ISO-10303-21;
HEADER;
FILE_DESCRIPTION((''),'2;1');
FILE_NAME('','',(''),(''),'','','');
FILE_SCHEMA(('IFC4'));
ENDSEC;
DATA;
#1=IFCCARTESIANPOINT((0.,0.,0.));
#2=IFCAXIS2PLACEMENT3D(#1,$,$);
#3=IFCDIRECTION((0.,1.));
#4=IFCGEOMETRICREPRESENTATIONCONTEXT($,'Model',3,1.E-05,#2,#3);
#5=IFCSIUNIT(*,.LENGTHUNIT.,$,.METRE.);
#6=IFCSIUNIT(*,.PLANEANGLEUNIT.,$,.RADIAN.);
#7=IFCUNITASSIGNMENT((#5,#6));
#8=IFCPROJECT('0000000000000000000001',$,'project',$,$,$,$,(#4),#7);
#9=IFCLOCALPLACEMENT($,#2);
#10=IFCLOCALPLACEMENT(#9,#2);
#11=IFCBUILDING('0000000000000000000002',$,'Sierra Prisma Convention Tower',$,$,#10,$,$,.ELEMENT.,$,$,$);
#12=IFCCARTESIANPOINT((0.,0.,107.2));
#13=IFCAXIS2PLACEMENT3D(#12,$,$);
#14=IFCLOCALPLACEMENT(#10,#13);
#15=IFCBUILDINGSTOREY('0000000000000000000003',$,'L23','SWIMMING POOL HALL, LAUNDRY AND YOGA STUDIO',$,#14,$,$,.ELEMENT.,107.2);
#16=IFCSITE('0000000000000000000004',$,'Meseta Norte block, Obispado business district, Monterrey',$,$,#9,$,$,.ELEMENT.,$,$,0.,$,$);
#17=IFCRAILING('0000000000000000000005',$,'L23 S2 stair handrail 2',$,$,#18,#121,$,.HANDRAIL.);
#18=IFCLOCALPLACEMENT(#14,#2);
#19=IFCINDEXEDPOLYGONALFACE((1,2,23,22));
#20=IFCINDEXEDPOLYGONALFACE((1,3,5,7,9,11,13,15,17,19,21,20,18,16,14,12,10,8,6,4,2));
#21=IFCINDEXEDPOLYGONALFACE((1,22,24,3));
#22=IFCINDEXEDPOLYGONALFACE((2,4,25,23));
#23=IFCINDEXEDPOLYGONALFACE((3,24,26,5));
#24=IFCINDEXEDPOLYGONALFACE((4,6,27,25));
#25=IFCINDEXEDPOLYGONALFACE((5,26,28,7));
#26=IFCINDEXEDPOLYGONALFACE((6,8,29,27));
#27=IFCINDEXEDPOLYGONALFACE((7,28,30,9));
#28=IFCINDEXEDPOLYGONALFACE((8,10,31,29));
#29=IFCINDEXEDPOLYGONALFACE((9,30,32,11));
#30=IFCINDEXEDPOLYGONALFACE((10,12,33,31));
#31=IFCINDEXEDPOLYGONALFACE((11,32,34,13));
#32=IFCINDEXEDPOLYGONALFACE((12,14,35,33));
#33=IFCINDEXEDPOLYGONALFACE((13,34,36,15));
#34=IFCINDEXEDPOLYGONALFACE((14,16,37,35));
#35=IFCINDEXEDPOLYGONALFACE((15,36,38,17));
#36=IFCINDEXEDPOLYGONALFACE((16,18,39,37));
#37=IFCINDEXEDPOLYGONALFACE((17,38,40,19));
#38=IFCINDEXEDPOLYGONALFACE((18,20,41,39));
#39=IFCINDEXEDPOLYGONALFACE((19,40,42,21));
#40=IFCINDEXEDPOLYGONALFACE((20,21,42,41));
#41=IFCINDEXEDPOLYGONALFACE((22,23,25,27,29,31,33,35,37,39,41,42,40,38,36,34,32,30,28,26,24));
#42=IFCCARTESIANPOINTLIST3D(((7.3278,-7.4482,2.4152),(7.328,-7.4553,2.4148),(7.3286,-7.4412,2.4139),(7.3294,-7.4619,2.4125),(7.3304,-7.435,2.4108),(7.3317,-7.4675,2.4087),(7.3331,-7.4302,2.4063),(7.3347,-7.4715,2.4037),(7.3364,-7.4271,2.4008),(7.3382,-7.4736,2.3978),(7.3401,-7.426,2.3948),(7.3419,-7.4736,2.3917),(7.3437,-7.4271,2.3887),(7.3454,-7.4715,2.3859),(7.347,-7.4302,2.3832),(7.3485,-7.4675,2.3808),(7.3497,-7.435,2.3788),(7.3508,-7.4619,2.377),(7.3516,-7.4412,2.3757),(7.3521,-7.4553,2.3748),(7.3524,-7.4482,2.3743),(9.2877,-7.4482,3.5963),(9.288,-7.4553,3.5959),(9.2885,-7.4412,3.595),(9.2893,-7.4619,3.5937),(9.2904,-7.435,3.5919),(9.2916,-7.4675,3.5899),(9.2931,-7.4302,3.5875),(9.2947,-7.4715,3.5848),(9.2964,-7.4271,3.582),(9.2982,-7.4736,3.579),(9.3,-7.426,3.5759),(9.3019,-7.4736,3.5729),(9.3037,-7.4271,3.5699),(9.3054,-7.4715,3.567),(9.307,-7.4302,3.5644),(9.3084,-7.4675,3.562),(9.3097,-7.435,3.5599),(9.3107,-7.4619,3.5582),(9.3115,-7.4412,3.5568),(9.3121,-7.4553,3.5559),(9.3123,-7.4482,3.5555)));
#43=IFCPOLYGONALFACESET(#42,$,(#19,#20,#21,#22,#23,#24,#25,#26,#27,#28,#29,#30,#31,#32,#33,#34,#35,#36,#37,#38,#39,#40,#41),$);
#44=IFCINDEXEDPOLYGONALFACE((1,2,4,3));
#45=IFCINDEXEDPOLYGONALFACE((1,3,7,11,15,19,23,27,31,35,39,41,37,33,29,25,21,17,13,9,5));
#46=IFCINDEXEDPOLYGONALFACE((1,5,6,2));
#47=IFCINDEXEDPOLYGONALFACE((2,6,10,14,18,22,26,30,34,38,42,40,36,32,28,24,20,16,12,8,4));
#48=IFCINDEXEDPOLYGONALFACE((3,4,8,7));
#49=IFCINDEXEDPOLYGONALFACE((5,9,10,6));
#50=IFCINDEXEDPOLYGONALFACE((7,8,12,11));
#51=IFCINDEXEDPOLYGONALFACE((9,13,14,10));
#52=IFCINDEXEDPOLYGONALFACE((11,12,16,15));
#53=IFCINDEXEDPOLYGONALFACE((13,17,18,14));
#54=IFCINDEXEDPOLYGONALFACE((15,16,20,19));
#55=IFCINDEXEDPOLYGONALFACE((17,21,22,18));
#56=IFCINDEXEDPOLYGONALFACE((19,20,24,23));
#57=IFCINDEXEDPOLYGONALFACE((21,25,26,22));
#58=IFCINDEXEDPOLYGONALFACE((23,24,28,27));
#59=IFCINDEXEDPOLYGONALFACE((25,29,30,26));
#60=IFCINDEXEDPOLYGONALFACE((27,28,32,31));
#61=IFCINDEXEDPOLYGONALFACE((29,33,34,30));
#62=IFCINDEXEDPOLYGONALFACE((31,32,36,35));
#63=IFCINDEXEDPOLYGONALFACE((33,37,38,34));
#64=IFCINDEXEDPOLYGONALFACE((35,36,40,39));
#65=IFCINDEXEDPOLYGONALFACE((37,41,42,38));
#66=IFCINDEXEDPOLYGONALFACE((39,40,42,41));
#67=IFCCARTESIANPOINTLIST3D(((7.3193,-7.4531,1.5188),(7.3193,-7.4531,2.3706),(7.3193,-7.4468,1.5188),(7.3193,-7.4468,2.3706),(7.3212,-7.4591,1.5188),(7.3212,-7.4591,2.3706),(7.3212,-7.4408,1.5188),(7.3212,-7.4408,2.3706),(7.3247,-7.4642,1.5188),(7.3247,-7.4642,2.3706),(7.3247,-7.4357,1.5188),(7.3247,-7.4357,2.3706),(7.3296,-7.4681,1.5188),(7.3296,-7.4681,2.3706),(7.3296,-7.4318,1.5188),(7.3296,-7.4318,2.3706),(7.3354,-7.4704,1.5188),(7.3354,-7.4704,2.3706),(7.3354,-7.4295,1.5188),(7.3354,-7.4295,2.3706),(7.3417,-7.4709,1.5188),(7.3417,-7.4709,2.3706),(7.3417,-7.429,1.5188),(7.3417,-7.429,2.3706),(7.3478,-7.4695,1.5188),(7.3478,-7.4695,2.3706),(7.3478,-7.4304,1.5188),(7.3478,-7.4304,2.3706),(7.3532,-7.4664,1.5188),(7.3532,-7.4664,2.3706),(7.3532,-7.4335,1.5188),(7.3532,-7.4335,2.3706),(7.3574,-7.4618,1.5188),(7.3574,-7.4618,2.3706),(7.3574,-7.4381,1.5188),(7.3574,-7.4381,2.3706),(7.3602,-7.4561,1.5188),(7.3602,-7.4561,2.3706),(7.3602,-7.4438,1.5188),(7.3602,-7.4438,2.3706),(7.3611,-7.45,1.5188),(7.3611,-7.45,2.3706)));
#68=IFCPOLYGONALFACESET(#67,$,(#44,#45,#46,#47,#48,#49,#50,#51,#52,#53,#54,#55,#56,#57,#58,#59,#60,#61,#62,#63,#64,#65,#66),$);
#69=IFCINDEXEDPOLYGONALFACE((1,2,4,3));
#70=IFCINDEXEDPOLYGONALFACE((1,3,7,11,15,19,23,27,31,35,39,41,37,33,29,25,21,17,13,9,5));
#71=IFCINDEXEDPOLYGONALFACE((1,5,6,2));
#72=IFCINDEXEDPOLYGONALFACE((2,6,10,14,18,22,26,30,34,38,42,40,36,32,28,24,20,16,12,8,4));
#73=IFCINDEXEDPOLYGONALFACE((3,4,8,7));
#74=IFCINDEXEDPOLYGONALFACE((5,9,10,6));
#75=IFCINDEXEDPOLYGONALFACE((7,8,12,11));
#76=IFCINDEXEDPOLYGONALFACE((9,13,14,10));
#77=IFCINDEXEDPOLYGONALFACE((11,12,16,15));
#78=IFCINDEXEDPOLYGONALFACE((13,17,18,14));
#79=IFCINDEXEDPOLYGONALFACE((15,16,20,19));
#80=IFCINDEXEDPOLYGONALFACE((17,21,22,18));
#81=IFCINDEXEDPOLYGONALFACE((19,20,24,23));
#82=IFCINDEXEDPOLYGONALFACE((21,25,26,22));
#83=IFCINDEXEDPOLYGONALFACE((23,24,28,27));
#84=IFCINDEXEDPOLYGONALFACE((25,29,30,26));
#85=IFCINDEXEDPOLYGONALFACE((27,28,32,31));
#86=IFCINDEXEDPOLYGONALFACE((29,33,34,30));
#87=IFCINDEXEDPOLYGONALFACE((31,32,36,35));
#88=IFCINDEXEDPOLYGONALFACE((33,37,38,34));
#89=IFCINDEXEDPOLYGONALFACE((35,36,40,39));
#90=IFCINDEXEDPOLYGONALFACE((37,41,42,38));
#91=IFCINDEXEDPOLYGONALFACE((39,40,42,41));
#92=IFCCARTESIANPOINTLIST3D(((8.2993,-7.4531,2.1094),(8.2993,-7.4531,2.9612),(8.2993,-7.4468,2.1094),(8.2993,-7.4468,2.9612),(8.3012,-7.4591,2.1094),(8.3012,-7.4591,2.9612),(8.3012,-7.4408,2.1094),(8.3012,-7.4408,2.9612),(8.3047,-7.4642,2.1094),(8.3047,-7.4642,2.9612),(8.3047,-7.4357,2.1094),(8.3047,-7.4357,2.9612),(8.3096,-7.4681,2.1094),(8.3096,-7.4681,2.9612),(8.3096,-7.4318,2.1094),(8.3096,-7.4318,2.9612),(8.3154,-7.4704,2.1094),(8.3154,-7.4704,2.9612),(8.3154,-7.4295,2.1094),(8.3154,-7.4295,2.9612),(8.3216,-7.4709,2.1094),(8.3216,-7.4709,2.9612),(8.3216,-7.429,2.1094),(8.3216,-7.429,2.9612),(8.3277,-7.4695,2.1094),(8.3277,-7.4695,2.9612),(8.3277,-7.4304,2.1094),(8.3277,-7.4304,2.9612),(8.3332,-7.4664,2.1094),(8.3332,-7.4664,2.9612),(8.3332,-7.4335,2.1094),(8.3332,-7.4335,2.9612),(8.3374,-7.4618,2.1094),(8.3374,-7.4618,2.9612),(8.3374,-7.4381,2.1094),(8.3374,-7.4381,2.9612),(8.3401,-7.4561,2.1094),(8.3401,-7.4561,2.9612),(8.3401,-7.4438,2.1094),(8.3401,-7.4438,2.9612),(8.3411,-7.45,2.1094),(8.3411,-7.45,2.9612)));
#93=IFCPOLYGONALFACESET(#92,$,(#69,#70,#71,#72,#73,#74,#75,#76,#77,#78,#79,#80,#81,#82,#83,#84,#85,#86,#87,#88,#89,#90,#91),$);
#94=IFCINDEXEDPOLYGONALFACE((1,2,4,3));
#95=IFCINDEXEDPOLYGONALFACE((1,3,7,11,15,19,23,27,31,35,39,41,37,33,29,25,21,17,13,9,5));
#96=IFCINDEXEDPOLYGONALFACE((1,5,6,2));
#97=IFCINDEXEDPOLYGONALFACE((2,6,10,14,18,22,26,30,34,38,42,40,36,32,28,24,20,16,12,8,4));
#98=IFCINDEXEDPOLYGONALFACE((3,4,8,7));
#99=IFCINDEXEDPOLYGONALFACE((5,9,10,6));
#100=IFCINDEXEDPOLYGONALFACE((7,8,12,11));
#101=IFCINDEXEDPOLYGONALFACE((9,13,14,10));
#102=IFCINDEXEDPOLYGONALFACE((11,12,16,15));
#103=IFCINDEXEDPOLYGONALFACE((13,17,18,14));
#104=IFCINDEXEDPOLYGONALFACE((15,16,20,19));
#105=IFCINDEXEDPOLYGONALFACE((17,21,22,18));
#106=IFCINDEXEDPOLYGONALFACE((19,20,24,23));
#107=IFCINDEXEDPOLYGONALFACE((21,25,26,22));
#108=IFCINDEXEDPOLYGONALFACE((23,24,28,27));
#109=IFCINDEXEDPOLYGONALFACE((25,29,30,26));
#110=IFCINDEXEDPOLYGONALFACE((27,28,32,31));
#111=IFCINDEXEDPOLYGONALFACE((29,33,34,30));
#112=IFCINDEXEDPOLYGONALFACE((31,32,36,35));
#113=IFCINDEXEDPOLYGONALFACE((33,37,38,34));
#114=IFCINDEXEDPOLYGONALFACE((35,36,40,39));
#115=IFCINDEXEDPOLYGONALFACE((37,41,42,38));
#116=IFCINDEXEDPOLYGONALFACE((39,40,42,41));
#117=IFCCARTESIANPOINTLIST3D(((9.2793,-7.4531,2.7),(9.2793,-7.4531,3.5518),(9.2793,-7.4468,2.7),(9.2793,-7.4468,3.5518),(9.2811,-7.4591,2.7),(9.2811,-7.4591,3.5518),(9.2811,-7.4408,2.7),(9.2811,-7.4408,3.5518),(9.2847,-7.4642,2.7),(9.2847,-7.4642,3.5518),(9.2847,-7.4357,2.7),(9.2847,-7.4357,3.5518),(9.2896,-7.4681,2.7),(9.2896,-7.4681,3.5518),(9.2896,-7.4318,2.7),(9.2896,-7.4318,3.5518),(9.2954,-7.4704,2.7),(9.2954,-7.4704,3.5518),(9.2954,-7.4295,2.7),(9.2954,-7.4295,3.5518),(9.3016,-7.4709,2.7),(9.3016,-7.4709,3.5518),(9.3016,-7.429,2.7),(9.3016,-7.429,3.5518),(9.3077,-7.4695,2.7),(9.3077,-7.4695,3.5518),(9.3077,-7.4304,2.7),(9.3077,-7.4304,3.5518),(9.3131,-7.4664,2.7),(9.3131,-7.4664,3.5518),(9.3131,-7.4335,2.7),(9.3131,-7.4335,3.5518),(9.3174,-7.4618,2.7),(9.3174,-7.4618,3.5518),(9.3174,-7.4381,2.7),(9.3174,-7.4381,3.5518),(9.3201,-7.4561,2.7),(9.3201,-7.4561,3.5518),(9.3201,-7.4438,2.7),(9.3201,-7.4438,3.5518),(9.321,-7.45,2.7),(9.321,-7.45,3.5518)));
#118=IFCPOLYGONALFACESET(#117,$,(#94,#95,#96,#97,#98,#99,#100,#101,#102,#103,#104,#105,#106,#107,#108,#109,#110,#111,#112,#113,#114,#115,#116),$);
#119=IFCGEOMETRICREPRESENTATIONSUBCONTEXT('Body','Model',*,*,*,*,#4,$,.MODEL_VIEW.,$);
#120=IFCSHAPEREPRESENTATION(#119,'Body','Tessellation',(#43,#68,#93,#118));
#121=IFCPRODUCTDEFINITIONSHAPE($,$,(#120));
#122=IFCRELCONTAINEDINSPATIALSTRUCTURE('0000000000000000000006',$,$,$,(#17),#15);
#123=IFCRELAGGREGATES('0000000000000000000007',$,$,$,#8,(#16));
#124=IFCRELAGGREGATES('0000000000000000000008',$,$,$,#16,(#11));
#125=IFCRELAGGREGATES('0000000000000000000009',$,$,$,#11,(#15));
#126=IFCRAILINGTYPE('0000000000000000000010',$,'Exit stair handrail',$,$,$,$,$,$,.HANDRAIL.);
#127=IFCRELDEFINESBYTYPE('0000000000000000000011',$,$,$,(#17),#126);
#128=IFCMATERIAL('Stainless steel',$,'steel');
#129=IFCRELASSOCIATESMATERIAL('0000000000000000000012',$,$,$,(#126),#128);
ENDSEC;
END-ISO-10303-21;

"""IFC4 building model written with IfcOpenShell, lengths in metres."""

from ifc_helpers import new_model, si_unit, direction, frame, origin, origin_2d, place, context, subcontext, project, spatial, circle, extrude, material, type_object, element, save


model = new_model("IFC4")

# Units and contexts
model_context = context("Model", 3, precision=1e-05, world=origin(), true_north=direction((0.0, 1.0)))
body_context = subcontext(model_context, "Body", "Model", "MODEL_VIEW")
ifc_project = project(units=[si_unit("LENGTHUNIT", "METRE"), si_unit("PLANEANGLEUNIT", "RADIAN")], contexts=[model_context])

# Site, building, storey
site_placement = place(None, origin())
site = spatial("IfcSite", under=ifc_project, at=site_placement, Name="Meseta Norte block, Obispado business district, Monterrey", CompositionType="ELEMENT", RefElevation=0.0)
building_placement = place(site_placement, origin())
building = spatial("IfcBuilding", under=site, at=building_placement, Name="Sierra Prisma Convention Tower", CompositionType="ELEMENT")
storey_placement = place(building_placement, frame((0.0, 0.0, 107.2)))
storey = spatial("IfcBuildingStorey", under=building, at=storey_placement, Name="L23", Description="SWIMMING POOL HALL, LAUNDRY AND YOGA STUDIO", CompositionType="ELEMENT", Elevation=107.2)

# Railing
ifc_material_1 = material(Name="Stainless steel", Category="steel")
railing_type_1 = type_object("IfcRailingType", Name="Exit stair handrail", PredefinedType="HANDRAIL", material=ifc_material_1)
railing_1_placement = place(storey_placement, frame((7.3401, -7.45, 1.5188)))
element("IfcRailing", 1, at=railing_1_placement, inside=storey, type_object=railing_type_1, Name="L23 S2 stair handrail 2", PredefinedType="HANDRAIL", context=body_context, shape_type="SweptSolid", body=[
    extrude(circle(Radius=0.0239, at=origin_2d()), frame((0.0, 0.0, 0.876), z_axis=(0.856493, 0.0, 0.516158), x_axis=(0.0, 1.0, 0.0)), (0.0, 0.0, 1.0), 2.2883),
    extrude(circle(Radius=0.021, at=origin_2d()), origin(), (0.0, 0.0, 1.0), 0.8518),
    extrude(circle(Radius=0.021, at=origin_2d()), frame((0.98, 0.0, 0.5906)), (0.0, 0.0, 1.0), 0.8518),
    extrude(circle(Radius=0.021, at=origin_2d()), frame((1.96, 0.0, 1.1812)), (0.0, 0.0, 1.0), 0.8518),
])

save(model, "model.ifc")
